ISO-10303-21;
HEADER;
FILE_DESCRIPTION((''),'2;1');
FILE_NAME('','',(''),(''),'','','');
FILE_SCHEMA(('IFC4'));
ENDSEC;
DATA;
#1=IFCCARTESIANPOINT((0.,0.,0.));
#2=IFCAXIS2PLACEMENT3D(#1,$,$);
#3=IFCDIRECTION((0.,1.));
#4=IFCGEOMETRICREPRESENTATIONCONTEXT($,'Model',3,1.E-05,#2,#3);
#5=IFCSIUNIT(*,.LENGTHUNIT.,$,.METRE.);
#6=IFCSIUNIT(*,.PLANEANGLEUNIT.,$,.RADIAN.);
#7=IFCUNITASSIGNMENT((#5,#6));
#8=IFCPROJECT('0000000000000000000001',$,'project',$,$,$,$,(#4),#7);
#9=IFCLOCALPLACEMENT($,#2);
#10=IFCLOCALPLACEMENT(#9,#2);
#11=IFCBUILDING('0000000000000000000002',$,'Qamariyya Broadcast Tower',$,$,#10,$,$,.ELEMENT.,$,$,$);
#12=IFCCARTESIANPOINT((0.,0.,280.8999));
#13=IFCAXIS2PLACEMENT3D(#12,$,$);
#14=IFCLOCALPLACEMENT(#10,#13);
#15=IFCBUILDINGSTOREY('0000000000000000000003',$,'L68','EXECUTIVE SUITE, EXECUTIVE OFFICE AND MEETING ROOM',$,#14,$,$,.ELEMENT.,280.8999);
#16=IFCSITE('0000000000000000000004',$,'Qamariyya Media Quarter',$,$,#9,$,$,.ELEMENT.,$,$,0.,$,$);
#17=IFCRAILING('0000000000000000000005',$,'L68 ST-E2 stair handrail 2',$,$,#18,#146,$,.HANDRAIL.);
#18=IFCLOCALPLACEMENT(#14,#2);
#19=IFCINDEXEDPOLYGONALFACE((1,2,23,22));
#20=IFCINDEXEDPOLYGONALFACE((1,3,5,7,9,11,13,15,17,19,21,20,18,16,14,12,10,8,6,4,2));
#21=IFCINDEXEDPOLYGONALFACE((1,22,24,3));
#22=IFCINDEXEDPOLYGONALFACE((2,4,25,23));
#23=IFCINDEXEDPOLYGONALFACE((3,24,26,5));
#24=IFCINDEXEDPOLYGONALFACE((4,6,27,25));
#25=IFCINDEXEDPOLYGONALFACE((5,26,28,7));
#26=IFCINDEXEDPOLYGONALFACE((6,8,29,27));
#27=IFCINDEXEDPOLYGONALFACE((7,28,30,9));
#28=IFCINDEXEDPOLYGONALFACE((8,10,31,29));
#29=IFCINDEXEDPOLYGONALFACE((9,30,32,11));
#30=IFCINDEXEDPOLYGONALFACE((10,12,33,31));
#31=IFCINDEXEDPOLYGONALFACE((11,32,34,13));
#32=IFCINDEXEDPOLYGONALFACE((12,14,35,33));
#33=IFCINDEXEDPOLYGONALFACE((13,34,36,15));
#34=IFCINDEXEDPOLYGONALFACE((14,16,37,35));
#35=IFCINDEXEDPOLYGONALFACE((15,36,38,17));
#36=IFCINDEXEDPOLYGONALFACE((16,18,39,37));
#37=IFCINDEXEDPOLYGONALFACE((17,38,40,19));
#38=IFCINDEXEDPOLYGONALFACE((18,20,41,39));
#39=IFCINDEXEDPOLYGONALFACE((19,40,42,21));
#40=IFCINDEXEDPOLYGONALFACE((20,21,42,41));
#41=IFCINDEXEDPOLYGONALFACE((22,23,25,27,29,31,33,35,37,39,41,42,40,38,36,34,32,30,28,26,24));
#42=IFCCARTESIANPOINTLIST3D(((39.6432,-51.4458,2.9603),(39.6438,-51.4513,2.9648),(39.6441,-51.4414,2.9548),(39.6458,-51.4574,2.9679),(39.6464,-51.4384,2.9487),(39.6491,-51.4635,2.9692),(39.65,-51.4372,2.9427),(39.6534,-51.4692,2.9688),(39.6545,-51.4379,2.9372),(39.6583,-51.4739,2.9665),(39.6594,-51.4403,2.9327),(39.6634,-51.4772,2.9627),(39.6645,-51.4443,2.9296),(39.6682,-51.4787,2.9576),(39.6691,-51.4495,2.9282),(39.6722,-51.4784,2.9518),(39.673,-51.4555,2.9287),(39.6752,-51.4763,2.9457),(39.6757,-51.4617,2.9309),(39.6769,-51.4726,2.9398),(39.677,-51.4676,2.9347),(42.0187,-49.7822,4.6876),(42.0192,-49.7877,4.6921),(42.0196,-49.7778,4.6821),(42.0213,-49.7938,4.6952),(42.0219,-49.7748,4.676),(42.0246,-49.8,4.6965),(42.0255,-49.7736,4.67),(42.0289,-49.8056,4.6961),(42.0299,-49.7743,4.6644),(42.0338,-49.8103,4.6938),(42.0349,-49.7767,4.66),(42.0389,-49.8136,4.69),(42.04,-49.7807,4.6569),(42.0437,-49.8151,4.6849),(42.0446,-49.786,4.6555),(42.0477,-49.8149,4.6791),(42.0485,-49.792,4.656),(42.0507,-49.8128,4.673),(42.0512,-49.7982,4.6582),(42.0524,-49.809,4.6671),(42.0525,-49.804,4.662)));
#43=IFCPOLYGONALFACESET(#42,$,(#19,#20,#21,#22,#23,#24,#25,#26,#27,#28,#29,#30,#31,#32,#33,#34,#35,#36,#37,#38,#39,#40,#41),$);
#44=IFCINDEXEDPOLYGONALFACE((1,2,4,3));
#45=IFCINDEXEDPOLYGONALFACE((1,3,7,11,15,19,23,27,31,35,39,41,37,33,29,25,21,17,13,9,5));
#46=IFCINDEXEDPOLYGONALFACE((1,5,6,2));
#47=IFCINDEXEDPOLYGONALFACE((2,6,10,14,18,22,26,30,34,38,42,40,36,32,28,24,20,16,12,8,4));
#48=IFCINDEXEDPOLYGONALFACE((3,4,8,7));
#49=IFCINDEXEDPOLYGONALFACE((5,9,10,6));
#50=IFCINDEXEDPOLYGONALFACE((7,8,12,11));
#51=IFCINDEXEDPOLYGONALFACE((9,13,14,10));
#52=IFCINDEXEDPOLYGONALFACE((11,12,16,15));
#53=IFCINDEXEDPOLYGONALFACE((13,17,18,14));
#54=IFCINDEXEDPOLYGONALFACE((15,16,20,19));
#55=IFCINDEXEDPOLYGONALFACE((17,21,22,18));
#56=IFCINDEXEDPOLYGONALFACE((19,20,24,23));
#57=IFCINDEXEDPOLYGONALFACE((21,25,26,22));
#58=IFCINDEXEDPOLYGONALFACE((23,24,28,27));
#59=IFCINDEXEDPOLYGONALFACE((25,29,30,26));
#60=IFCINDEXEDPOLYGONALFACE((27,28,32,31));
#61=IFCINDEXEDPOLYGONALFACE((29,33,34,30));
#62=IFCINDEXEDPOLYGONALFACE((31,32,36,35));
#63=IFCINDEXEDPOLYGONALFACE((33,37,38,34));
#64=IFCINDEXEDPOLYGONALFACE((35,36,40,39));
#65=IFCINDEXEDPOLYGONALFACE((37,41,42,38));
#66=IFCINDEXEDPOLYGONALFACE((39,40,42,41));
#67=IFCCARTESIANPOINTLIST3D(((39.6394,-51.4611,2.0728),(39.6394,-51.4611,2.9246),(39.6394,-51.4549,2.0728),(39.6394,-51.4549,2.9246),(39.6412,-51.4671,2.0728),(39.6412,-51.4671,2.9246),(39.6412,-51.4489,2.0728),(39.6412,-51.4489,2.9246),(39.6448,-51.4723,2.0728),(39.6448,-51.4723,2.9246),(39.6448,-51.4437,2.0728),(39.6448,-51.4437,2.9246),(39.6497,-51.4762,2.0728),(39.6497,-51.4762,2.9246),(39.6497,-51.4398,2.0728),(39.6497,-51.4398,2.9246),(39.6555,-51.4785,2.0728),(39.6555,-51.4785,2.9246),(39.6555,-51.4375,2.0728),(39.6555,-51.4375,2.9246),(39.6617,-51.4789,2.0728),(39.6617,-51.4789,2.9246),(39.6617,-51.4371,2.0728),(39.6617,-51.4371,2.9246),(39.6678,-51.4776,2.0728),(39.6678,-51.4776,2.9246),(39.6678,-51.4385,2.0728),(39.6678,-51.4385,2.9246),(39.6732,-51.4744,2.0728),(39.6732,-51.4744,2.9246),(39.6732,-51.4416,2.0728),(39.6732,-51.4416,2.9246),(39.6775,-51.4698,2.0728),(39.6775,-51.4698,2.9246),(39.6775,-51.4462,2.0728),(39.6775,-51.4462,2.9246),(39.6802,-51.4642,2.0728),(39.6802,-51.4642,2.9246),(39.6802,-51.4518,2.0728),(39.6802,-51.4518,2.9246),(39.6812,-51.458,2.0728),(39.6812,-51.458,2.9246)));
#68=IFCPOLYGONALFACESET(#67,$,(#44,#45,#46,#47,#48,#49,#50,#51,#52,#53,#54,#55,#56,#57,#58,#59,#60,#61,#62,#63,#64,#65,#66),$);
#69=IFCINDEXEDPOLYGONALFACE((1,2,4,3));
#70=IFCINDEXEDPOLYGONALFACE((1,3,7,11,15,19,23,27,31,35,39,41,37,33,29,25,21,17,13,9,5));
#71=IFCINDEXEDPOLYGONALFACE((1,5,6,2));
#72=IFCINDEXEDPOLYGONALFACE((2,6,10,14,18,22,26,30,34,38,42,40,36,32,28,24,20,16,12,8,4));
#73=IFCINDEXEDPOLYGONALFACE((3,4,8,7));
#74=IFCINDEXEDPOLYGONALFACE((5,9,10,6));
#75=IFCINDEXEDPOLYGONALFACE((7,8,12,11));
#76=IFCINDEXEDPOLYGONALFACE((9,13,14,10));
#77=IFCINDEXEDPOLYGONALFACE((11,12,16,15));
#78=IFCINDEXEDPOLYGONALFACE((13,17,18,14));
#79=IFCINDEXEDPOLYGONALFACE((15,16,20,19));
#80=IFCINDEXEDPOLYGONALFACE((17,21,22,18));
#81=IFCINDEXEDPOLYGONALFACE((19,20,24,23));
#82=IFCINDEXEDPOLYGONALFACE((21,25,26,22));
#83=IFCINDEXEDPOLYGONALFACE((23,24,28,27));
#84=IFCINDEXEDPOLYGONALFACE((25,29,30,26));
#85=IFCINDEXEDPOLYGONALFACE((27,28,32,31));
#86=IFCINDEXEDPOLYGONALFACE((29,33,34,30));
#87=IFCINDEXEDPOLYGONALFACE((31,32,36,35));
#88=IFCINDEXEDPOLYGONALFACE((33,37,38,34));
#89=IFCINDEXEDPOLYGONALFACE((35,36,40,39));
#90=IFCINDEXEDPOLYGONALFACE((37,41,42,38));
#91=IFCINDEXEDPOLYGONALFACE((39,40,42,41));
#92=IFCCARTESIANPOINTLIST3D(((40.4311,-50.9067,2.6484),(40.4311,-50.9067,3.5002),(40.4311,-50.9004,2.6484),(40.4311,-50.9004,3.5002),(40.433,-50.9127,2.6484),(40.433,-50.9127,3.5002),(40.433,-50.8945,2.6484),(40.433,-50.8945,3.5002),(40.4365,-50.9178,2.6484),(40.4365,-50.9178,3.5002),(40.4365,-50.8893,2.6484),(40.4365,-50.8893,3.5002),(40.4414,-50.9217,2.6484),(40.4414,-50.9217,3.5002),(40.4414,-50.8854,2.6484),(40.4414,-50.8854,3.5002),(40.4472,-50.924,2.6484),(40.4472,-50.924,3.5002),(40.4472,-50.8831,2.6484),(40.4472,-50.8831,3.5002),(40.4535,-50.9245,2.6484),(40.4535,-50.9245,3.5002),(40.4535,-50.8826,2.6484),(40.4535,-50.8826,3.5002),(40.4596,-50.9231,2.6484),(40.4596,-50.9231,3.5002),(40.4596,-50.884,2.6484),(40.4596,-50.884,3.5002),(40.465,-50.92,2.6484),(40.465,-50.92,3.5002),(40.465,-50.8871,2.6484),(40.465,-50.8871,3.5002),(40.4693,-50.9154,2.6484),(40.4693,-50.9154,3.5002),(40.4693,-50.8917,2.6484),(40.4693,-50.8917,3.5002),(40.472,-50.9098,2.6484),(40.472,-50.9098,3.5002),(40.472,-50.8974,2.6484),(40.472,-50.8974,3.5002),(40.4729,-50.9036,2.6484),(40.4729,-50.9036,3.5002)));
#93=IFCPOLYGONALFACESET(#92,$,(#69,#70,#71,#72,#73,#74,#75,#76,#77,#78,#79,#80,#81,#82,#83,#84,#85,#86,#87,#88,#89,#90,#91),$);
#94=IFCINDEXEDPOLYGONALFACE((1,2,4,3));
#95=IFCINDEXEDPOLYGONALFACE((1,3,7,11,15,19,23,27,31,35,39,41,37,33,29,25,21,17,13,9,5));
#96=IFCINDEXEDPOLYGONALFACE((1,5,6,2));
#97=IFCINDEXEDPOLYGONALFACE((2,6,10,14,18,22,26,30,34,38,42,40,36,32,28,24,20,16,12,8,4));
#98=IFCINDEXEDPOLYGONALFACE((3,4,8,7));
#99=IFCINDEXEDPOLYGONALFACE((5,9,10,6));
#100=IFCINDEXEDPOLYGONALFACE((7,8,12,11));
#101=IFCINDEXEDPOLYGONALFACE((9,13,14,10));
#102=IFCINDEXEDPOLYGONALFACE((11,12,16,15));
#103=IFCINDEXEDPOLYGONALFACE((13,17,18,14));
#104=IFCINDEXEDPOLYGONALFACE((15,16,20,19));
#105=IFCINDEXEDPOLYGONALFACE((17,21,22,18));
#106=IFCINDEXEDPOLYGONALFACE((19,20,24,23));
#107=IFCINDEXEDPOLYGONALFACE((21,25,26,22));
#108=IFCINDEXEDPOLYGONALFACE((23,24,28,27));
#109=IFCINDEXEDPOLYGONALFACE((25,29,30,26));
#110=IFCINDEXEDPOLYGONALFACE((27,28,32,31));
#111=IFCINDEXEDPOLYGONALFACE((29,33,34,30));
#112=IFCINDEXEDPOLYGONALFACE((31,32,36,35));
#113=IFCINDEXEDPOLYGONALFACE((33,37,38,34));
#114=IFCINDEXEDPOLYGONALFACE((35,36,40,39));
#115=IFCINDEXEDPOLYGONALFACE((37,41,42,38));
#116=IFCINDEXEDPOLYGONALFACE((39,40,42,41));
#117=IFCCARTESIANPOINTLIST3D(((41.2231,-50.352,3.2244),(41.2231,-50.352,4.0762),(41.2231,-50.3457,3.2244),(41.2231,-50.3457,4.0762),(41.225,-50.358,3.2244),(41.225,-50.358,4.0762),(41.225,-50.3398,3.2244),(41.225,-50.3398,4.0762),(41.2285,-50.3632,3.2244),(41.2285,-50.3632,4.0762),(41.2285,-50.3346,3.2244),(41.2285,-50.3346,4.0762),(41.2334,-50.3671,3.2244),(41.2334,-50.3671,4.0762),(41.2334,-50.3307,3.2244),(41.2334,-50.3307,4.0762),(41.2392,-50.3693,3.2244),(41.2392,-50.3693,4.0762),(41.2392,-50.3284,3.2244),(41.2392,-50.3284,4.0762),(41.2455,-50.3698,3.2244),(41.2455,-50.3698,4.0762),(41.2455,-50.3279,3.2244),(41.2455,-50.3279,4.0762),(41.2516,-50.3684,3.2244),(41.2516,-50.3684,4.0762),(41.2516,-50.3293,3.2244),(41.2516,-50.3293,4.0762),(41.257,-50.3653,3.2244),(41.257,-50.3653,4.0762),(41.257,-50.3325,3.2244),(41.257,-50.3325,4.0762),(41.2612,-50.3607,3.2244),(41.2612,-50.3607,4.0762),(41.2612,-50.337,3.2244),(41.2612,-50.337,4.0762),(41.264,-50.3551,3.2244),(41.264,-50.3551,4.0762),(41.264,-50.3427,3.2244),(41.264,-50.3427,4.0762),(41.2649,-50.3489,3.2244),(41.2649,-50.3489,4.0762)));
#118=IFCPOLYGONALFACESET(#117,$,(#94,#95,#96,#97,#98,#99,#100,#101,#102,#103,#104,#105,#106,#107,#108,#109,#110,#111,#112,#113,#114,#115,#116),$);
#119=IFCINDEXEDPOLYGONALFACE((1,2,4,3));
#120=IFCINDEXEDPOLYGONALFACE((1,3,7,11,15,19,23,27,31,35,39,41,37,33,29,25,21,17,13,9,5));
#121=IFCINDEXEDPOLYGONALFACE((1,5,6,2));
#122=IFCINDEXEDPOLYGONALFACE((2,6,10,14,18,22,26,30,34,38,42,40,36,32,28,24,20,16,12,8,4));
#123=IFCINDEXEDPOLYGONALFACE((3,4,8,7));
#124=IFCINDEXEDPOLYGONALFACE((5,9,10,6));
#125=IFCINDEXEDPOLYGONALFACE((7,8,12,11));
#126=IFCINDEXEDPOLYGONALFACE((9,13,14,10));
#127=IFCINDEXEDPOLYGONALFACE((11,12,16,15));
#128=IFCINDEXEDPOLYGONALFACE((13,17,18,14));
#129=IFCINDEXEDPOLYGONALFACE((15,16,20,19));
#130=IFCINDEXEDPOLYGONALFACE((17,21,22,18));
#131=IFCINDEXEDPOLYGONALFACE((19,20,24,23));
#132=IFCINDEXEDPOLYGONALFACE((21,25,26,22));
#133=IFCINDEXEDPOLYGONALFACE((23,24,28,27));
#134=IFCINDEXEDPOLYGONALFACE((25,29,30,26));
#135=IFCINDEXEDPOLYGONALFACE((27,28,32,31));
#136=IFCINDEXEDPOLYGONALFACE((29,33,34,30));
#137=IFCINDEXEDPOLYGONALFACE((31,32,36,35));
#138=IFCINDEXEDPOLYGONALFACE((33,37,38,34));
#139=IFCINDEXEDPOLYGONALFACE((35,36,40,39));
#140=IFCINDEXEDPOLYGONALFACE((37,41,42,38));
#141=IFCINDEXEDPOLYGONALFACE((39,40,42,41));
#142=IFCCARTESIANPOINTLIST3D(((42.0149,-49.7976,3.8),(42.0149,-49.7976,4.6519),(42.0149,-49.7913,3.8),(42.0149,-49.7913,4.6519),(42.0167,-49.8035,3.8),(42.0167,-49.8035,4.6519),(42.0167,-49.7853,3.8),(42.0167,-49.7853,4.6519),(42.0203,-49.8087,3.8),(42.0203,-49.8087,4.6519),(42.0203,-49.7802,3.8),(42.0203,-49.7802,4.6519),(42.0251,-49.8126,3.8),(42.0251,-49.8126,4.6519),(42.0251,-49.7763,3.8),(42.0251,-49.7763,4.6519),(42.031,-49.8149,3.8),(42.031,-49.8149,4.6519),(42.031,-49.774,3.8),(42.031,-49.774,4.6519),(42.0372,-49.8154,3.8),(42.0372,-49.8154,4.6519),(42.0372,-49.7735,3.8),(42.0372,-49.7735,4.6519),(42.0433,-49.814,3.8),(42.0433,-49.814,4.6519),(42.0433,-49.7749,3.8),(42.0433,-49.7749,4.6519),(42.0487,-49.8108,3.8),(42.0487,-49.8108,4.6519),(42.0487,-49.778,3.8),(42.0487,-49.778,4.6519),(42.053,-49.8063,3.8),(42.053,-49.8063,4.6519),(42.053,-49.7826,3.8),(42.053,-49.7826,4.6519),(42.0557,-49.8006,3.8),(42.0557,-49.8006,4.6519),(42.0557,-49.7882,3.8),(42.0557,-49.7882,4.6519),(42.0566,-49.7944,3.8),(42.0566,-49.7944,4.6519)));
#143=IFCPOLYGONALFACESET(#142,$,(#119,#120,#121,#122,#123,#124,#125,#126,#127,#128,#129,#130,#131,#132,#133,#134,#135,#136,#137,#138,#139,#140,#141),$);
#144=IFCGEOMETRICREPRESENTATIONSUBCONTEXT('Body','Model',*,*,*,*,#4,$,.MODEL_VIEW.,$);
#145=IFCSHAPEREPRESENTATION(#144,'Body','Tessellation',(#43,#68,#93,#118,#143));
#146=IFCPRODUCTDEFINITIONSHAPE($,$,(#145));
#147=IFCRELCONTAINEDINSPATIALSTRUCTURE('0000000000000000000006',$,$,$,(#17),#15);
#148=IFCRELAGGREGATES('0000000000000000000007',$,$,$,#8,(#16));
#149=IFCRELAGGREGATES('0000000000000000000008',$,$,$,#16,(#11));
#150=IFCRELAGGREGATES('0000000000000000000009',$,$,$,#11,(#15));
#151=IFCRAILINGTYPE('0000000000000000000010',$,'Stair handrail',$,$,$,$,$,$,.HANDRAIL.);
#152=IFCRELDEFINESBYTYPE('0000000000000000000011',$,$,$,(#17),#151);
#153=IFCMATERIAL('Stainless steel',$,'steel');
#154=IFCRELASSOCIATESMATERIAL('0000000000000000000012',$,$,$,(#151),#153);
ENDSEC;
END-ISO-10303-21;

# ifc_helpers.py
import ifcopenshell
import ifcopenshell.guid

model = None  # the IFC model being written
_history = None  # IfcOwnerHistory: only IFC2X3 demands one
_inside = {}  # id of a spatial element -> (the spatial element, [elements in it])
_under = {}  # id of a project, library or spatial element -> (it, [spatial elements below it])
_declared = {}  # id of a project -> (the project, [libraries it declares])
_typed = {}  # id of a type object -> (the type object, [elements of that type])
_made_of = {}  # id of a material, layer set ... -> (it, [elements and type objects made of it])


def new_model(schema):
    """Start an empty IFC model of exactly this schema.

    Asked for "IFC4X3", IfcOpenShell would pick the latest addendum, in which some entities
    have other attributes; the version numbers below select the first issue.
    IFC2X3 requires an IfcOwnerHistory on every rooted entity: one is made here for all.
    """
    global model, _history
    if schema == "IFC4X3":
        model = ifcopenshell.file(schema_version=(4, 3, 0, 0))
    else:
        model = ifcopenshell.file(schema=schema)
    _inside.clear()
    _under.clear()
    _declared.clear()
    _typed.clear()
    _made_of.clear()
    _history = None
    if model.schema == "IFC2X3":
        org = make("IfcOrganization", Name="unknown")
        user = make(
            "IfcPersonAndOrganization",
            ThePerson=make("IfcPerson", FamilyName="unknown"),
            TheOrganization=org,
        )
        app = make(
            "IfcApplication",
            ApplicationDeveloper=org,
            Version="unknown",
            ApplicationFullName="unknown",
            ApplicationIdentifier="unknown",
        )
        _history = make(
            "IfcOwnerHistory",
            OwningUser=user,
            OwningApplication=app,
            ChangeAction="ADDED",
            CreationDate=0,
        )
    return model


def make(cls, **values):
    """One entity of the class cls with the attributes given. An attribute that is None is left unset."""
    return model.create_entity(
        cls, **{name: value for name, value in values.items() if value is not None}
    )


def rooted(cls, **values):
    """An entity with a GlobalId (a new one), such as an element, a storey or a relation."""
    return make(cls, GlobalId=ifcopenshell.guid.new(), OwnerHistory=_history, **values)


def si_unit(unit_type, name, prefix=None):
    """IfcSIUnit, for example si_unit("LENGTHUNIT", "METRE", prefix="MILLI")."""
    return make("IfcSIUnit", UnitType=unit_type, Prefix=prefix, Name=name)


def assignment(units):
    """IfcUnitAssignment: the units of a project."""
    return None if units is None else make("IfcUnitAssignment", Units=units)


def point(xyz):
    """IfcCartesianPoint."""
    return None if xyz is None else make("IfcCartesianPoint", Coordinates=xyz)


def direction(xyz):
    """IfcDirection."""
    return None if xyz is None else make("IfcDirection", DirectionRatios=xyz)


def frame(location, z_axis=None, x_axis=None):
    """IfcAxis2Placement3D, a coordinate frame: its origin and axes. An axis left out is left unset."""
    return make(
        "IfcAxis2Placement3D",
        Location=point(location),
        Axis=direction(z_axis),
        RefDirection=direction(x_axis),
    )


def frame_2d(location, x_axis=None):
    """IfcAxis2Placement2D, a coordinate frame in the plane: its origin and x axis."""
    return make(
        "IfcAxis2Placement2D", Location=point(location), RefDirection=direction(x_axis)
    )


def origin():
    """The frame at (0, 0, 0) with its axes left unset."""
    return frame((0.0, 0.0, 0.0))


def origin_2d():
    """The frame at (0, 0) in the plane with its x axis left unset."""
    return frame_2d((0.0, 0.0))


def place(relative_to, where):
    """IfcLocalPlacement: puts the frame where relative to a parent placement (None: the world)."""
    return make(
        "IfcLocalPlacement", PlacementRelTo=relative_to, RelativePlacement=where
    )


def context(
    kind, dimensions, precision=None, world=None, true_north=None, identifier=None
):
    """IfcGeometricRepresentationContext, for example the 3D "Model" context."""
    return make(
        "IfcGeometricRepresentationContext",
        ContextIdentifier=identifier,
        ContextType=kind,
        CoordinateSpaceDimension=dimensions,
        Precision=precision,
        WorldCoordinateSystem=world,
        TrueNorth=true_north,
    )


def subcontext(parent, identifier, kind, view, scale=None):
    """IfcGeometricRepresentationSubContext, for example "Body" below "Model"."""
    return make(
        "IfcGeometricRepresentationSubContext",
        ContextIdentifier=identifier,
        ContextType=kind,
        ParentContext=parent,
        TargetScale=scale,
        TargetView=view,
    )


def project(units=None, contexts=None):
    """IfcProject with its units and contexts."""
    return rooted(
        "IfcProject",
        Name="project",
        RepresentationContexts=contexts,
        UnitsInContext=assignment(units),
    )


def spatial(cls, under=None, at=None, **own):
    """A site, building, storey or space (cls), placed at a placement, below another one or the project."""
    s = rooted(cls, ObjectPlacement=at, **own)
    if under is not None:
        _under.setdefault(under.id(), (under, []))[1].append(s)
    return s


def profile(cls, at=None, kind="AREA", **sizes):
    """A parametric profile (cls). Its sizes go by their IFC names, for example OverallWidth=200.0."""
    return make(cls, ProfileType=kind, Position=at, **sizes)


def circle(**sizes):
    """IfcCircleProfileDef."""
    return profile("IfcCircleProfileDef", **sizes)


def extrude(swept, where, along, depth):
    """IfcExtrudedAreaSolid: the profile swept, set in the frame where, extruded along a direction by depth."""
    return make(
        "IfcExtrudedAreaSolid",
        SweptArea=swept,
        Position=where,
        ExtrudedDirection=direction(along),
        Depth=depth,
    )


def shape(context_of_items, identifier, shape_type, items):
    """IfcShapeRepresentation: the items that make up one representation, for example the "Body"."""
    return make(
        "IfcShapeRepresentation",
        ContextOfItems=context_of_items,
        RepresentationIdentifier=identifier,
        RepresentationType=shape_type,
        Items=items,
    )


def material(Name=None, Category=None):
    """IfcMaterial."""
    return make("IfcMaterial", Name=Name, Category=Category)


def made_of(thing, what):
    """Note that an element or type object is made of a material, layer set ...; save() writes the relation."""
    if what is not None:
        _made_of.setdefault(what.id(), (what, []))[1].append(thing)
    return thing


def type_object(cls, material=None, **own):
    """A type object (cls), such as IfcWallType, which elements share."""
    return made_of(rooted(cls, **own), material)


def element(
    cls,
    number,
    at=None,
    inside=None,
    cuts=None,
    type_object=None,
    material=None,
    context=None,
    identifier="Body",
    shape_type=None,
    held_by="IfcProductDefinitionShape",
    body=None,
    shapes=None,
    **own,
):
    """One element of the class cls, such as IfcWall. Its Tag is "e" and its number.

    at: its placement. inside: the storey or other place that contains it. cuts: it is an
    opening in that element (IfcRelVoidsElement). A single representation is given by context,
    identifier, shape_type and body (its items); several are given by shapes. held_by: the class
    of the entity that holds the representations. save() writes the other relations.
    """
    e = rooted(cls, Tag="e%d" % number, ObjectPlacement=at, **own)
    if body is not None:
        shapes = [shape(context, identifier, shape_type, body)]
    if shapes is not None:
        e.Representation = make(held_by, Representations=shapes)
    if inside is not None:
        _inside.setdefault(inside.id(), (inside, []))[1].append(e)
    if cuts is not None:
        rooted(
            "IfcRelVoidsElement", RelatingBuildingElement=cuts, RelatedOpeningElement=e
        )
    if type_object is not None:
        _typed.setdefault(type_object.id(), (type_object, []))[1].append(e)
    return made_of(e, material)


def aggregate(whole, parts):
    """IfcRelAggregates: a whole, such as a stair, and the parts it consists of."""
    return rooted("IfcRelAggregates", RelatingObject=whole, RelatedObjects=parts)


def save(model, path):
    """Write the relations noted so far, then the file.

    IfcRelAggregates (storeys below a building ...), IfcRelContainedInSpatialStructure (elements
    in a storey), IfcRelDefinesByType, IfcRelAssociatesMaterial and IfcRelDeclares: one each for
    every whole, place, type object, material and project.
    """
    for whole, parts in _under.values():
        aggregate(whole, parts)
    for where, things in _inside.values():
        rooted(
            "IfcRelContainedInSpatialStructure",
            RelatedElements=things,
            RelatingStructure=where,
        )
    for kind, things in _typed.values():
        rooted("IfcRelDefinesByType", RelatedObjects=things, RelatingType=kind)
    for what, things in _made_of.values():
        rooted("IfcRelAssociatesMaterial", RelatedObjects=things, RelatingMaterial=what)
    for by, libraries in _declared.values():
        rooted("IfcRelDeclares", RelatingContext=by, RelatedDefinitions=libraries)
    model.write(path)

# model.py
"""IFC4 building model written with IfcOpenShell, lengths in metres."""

from ifc_helpers import new_model, si_unit, direction, frame, origin, origin_2d, place, context, subcontext, project, spatial, circle, extrude, material, type_object, element, save


model = new_model("IFC4")

# Units and contexts
model_context = context("Model", 3, precision=1e-05, world=origin(), true_north=direction((0.0, 1.0)))
body_context = subcontext(model_context, "Body", "Model", "MODEL_VIEW")
ifc_project = project(units=[si_unit("LENGTHUNIT", "METRE"), si_unit("PLANEANGLEUNIT", "RADIAN")], contexts=[model_context])

# Site, building, storey
site_placement = place(None, origin())
site = spatial("IfcSite", under=ifc_project, at=site_placement, Name="Qamariyya Media Quarter", CompositionType="ELEMENT", RefElevation=0.0)
building_placement = place(site_placement, origin())
building = spatial("IfcBuilding", under=site, at=building_placement, Name="Qamariyya Broadcast Tower", CompositionType="ELEMENT")
storey_placement = place(building_placement, frame((0.0, 0.0, 280.8999)))
storey = spatial("IfcBuildingStorey", under=building, at=storey_placement, Name="L68", Description="EXECUTIVE SUITE, EXECUTIVE OFFICE AND MEETING ROOM", CompositionType="ELEMENT", Elevation=280.8999)

# Railing
ifc_material_1 = material(Name="Stainless steel", Category="steel")
railing_type_1 = type_object("IfcRailingType", Name="Stair handrail", PredefinedType="HANDRAIL", material=ifc_material_1)
railing_1_placement = place(storey_placement, frame((39.6602, -51.458, 2.0728)))
element("IfcRailing", 1, at=railing_1_placement, inside=storey, type_object=railing_type_1, Name="L68 ST-E2 stair handrail 2", PredefinedType="HANDRAIL", context=body_context, shape_type="SweptSolid", body=[
    extrude(circle(Radius=0.0239, at=origin_2d()), frame((0.0, 0.0, 0.876), z_axis=(0.703745, 0.492838, 0.511716), x_axis=(-0.573632, 0.819113, 0.0)), (0.0, 0.0, 1.0), 3.3755),
    extrude(circle(Radius=0.021, at=origin_2d()), origin(), (0.0, 0.0, 1.0), 0.8518),
    extrude(circle(Radius=0.021, at=origin_2d()), frame((0.7917, 0.5544, 0.5757)), (0.0, 0.0, 1.0), 0.8518),
    extrude(circle(Radius=0.021, at=origin_2d()), frame((1.5837, 1.1091, 1.1516)), (0.0, 0.0, 1.0), 0.8518),
    extrude(circle(Radius=0.021, at=origin_2d()), frame((2.3755, 1.6636, 1.7273)), (0.0, 0.0, 1.0), 0.8518),
])

save(model, "model.ifc")
